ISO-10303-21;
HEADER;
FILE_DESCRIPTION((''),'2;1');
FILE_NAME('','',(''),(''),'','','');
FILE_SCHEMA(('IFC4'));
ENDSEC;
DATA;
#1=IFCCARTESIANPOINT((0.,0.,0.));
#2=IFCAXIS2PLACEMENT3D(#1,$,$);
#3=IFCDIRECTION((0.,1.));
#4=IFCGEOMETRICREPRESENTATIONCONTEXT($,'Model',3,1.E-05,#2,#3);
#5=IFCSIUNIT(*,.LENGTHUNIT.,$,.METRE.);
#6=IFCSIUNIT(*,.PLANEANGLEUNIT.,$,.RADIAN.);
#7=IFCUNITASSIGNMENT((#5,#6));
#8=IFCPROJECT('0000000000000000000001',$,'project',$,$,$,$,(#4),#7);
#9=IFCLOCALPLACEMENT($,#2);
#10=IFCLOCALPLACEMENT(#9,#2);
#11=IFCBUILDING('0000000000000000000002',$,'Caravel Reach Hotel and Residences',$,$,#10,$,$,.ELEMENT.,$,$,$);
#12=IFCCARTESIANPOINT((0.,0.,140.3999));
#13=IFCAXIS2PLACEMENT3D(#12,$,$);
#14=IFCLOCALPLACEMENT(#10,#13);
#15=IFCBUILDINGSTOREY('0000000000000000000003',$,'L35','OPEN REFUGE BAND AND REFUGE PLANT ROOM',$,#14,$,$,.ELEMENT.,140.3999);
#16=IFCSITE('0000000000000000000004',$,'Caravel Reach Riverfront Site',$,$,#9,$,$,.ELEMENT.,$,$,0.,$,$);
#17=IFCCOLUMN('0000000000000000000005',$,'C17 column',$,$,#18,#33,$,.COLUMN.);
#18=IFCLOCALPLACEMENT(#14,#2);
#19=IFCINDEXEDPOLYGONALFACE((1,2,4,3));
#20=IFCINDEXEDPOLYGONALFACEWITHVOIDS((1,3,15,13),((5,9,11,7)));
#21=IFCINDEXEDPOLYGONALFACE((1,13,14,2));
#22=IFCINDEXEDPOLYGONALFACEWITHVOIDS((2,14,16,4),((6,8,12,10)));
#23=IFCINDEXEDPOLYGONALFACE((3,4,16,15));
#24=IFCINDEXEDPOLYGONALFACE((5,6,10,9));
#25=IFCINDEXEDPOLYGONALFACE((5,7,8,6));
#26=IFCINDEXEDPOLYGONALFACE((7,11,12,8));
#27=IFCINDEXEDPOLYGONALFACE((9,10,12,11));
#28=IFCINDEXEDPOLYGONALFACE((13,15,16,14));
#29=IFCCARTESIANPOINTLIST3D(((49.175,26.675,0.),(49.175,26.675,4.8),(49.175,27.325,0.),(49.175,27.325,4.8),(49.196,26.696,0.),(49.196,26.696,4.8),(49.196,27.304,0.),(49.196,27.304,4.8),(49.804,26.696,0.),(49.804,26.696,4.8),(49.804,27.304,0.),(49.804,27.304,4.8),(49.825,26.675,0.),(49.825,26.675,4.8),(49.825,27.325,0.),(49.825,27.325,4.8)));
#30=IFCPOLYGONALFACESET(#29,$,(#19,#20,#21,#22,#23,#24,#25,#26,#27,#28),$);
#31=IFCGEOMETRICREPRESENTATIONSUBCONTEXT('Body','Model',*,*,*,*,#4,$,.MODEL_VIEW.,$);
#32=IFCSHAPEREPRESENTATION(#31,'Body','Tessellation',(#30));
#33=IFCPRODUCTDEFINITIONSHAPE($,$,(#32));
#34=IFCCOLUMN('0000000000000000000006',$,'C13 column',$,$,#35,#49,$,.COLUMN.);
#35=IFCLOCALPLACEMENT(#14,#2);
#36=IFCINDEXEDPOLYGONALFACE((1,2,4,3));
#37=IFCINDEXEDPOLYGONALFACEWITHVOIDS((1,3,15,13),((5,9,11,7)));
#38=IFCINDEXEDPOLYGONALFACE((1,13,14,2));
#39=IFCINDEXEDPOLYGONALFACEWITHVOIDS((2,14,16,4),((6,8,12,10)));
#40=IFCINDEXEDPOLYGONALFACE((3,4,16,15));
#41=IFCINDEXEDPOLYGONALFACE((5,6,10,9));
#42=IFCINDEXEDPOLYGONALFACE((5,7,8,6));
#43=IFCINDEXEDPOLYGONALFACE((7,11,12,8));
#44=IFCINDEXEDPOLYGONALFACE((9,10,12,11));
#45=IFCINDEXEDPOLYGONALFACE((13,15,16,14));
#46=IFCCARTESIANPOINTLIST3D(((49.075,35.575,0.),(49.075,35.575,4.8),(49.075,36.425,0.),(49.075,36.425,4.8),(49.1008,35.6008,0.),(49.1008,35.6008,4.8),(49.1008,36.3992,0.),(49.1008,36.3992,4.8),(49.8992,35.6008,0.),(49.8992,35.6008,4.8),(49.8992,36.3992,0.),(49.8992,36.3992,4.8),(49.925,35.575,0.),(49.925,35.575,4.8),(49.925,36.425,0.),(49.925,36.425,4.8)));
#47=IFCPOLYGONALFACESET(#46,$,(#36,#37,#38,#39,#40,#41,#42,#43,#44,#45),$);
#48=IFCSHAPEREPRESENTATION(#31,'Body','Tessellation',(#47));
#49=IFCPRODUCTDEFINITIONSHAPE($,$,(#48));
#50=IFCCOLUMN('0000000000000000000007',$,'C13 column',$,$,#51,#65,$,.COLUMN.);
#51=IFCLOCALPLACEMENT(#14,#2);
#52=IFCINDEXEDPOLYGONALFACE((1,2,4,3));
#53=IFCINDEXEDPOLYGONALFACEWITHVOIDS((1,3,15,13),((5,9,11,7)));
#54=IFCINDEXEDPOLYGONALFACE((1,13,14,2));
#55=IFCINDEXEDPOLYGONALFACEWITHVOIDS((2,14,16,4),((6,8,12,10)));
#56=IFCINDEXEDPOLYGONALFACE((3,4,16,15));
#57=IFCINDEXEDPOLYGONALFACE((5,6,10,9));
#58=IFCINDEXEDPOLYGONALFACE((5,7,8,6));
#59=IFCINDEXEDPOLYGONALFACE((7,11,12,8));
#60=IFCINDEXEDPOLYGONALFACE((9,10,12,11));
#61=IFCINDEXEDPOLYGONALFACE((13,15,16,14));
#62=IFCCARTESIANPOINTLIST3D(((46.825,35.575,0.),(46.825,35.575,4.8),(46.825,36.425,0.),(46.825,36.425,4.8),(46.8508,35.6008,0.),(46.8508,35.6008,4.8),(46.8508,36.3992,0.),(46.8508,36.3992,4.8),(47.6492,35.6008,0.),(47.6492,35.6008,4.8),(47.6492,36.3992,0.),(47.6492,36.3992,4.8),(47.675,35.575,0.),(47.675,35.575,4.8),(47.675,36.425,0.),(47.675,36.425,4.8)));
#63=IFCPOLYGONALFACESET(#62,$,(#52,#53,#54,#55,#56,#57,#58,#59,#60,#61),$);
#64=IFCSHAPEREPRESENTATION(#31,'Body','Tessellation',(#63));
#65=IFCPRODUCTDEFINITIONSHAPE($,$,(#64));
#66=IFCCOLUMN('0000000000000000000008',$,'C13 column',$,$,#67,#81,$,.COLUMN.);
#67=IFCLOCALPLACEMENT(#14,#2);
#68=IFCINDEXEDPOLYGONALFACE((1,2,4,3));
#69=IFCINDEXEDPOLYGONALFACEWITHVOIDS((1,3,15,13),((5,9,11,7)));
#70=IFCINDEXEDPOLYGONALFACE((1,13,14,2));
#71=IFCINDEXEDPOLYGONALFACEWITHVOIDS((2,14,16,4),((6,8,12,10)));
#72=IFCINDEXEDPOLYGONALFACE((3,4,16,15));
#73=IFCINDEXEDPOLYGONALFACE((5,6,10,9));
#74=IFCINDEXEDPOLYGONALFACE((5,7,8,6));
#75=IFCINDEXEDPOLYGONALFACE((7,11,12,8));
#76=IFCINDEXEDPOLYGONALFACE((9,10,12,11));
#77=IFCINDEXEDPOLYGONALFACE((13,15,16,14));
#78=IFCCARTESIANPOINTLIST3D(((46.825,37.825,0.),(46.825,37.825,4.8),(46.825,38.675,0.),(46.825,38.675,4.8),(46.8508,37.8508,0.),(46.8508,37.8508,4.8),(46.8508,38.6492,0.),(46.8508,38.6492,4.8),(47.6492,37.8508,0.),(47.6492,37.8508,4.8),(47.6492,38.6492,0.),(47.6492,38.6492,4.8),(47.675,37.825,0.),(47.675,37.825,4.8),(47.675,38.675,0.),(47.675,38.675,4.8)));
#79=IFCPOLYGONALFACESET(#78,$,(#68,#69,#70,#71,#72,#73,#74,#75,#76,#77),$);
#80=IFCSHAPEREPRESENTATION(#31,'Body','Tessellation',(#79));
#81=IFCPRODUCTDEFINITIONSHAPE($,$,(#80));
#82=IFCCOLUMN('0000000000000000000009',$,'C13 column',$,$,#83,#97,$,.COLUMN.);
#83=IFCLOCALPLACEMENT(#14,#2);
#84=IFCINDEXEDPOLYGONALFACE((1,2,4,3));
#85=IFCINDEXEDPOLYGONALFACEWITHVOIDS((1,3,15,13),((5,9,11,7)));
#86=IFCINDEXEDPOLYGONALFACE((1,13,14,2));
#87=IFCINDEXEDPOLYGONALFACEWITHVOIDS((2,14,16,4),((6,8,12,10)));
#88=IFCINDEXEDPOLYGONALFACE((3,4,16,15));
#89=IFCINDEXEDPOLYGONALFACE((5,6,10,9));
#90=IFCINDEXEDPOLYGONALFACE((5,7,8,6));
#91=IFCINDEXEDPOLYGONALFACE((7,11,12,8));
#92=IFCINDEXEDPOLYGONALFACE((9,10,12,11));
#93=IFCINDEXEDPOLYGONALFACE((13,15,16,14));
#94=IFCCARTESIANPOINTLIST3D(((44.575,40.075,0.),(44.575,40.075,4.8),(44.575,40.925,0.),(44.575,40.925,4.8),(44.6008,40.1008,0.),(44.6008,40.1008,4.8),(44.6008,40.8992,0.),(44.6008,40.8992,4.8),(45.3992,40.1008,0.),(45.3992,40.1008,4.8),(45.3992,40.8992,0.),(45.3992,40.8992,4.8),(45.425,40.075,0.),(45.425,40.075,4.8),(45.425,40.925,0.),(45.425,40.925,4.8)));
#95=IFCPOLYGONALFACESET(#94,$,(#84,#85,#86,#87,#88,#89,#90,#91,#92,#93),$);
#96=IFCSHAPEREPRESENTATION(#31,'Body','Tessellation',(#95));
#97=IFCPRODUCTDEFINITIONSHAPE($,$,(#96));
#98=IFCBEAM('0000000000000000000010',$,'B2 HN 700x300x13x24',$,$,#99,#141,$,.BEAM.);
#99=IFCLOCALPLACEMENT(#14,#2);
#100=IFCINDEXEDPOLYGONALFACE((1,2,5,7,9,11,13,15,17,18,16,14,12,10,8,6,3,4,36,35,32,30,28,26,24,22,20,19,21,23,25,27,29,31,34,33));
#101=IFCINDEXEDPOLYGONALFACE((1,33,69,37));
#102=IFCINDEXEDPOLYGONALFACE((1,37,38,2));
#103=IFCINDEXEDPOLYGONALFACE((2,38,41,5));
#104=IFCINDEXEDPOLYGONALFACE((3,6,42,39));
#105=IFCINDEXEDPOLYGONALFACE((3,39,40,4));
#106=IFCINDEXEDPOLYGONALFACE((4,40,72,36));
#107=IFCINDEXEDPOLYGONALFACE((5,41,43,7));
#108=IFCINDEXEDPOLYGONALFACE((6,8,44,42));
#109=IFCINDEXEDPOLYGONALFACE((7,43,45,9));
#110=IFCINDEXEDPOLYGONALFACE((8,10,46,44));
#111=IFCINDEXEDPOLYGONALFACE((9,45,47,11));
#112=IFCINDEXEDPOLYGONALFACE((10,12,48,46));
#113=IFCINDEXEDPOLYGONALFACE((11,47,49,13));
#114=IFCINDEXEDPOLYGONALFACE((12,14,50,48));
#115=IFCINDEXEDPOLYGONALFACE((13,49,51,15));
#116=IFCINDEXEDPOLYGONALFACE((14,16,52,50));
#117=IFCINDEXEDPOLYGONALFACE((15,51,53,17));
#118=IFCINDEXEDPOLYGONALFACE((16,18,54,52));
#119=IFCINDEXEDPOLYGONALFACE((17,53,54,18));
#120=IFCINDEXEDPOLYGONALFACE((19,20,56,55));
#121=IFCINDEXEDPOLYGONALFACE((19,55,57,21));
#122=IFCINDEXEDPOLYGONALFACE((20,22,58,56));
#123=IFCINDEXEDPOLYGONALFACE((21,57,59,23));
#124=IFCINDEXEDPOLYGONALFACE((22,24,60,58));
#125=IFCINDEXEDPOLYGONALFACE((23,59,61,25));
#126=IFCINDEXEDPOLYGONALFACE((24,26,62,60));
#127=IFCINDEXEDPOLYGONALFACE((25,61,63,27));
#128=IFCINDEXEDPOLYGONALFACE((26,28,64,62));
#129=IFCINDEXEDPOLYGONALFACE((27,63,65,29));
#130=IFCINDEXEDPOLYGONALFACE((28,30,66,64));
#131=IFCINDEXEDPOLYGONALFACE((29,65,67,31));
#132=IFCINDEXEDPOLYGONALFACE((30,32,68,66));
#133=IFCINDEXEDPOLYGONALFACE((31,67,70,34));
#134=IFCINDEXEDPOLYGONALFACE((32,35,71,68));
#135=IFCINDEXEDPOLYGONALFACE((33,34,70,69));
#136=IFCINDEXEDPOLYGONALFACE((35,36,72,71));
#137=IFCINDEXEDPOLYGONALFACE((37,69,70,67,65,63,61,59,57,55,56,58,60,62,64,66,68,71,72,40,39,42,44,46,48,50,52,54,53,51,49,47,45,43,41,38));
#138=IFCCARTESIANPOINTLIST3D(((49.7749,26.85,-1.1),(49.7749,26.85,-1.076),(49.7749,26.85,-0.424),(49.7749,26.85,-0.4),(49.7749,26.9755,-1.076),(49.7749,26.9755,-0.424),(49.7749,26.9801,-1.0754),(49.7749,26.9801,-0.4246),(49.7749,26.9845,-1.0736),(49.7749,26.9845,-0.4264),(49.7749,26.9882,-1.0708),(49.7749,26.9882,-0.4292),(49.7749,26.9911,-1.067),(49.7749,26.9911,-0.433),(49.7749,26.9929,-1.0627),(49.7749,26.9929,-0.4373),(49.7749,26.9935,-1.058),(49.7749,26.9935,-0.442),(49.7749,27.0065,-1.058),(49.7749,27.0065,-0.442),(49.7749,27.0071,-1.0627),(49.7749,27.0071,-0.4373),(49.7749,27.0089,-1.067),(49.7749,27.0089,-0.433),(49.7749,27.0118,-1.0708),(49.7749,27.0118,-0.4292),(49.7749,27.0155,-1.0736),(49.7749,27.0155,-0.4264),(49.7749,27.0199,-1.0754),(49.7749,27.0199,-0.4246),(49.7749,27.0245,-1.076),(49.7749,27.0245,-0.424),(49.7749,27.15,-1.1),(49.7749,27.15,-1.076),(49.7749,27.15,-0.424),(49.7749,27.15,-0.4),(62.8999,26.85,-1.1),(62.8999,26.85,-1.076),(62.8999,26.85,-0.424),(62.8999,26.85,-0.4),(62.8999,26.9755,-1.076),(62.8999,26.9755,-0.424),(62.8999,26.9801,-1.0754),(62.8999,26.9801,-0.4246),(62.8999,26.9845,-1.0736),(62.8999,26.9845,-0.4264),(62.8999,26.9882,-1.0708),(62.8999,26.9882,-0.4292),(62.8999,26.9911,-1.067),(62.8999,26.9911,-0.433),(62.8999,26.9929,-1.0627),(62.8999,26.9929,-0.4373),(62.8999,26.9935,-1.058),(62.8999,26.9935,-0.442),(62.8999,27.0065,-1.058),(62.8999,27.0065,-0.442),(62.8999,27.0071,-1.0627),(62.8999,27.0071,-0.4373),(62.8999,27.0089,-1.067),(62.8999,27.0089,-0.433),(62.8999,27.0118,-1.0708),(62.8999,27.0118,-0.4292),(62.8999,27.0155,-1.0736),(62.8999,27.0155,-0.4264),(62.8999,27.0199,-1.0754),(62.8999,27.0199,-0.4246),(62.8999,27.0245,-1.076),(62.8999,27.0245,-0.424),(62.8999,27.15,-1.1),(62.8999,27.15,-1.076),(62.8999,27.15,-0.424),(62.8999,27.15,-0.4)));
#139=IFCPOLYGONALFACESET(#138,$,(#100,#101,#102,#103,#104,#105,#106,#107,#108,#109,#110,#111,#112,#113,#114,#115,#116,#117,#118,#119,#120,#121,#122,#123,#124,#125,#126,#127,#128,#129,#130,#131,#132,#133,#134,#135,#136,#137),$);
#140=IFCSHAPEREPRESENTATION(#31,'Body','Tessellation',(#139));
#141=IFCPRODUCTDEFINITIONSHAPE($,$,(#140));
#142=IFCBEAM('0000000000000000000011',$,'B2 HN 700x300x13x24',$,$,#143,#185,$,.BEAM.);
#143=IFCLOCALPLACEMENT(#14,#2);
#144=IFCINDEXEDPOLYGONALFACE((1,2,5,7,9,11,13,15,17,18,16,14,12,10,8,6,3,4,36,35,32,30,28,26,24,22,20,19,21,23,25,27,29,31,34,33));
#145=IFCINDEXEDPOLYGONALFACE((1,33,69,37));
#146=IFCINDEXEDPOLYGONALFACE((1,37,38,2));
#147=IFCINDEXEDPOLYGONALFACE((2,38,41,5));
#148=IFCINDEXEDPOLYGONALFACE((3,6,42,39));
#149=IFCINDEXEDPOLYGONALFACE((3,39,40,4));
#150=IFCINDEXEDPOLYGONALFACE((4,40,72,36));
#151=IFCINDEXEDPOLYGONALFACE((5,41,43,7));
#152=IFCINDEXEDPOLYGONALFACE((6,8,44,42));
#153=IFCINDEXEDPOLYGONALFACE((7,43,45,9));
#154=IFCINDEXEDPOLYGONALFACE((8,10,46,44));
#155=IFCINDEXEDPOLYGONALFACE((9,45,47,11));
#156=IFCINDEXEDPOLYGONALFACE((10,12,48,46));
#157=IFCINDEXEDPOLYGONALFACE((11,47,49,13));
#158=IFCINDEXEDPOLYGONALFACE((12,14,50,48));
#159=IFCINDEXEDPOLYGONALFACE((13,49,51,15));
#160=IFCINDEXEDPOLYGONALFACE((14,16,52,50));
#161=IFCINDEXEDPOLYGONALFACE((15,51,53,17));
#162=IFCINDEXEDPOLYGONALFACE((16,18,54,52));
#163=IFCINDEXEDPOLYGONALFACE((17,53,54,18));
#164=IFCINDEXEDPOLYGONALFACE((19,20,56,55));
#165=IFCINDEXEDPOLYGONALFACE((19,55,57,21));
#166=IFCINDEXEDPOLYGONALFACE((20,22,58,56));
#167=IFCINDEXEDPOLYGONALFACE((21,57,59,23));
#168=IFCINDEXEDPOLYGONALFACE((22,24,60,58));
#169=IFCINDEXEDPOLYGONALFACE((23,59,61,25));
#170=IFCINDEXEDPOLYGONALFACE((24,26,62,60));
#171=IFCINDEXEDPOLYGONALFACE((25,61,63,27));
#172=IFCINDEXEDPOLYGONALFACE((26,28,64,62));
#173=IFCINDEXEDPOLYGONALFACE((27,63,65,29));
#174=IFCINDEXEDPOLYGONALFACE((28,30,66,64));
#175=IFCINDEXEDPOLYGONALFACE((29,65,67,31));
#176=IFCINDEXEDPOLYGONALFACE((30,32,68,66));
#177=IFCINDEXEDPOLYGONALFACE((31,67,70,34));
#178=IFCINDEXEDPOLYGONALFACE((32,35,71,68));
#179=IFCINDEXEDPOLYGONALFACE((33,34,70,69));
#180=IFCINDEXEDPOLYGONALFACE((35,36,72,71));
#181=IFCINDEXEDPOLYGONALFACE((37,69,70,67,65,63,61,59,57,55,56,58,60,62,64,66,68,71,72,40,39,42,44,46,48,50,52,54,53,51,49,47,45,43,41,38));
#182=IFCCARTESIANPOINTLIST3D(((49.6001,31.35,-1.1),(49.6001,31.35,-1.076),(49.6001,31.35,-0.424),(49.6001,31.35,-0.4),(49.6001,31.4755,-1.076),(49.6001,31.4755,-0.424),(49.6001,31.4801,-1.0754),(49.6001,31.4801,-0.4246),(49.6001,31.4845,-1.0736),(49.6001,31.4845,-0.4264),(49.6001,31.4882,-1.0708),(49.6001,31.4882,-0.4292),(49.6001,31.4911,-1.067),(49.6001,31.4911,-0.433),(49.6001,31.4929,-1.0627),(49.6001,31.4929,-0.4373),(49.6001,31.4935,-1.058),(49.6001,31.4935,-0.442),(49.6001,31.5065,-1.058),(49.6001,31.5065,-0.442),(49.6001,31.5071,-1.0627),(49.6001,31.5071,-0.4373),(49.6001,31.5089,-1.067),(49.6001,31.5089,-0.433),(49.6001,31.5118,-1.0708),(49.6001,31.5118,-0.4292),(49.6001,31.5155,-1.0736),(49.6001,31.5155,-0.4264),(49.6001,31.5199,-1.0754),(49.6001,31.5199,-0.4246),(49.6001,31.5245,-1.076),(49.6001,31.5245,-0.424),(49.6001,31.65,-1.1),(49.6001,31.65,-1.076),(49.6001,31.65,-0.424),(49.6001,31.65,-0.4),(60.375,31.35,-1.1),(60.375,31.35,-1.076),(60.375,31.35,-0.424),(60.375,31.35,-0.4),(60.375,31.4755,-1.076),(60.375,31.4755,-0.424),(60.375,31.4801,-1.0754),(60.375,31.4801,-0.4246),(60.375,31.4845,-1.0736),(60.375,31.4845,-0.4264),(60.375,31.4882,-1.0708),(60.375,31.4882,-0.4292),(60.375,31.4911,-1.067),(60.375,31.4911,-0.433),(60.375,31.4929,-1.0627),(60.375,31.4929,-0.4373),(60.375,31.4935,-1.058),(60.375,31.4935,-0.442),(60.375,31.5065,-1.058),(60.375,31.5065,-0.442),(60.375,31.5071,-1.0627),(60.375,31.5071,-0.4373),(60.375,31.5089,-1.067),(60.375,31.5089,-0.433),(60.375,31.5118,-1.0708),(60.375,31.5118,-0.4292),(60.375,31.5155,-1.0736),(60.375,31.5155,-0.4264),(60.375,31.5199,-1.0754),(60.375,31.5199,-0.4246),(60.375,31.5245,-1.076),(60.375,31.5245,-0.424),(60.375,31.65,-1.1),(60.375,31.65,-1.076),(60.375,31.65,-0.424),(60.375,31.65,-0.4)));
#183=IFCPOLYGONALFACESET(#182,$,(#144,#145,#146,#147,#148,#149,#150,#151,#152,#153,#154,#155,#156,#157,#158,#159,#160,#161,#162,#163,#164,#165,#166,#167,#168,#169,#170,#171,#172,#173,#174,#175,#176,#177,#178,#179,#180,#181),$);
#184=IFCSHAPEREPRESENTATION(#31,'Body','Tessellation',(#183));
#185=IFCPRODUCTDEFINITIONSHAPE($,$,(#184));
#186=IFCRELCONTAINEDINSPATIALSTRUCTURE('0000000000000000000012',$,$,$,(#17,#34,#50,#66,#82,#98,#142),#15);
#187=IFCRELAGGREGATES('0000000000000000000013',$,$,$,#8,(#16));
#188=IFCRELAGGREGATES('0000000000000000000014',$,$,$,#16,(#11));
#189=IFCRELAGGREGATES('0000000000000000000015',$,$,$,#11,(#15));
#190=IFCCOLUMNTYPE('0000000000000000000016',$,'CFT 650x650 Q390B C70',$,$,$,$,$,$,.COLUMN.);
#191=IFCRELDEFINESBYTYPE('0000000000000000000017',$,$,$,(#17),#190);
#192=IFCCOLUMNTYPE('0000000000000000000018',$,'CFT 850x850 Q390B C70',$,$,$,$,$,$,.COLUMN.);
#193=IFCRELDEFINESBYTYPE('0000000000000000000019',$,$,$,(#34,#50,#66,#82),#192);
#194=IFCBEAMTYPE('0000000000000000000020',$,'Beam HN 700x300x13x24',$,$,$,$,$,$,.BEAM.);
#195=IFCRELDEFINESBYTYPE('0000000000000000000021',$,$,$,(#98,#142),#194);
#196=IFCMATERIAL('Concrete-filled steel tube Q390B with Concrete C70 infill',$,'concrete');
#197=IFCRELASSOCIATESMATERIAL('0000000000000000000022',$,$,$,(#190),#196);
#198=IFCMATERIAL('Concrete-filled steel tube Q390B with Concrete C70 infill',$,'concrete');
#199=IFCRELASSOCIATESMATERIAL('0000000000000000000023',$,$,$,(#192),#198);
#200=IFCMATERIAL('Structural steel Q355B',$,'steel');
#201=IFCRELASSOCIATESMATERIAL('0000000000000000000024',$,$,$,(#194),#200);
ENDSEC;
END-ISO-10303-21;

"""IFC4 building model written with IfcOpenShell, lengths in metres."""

from ifc_helpers import new_model, si_unit, direction, frame, origin, origin_2d, place, context, subcontext, project, spatial, hollow_rectangle, i_section, extrude, material, material_profile, profile_set, type_object, element, save


model = new_model("IFC4")

# Units and contexts
model_context = context("Model", 3, precision=1e-05, world=origin(), true_north=direction((0.0, 1.0)))
body_context = subcontext(model_context, "Body", "Model", "MODEL_VIEW")
ifc_project = project(units=[si_unit("LENGTHUNIT", "METRE"), si_unit("PLANEANGLEUNIT", "RADIAN")], contexts=[model_context])

# Site, building, storey
site_placement = place(None, origin())
site = spatial("IfcSite", under=ifc_project, at=site_placement, Name="Caravel Reach Riverfront Site", CompositionType="ELEMENT", RefElevation=0.0)
building_placement = place(site_placement, origin())
building = spatial("IfcBuilding", under=site, at=building_placement, Name="Caravel Reach Hotel and Residences", CompositionType="ELEMENT")
storey_placement = place(building_placement, frame((0.0, 0.0, 140.3999)))
storey = spatial("IfcBuildingStorey", under=building, at=storey_placement, Name="L35", Description="OPEN REFUGE BAND AND REFUGE PLANT ROOM", CompositionType="ELEMENT", Elevation=140.3999)

# Columns
ifc_material_1 = material(Name="Concrete-filled steel tube Q390B with Concrete C70 infill", Category="concrete")
ifc_material_profile_1 = material_profile(ifc_material_1, hollow_rectangle(XDim=0.6499, YDim=0.6499, WallThickness=0.021, at=origin_2d()), Name="RHS 650x650x21")
ifc_profile_set_1 = profile_set([ifc_material_profile_1], Name="Concrete-filled steel tube Q390B with Concrete C70 infill")
column_type_1 = type_object("IfcColumnType", Name="CFT 650x650 Q390B C70", PredefinedType="COLUMN", material=ifc_profile_set_1)
column_placement = place(storey_placement, frame((49.5, 27.0, 0.0), z_axis=(0.0, 0.0, 1.0), x_axis=(1.0, 0.0, 0.0)))
element("IfcColumn", 1, at=column_placement, inside=storey, type_object=column_type_1, Name="C17 column", PredefinedType="COLUMN", context=body_context, shape_type="SweptSolid", body=[
    extrude(hollow_rectangle(XDim=0.6499, YDim=0.6499, WallThickness=0.021, at=origin_2d()), origin(), (0.0, 0.0, 1.0), 4.8),
])
ifc_material_2 = material(Name="Concrete-filled steel tube Q390B with Concrete C70 infill", Category="concrete")
ifc_material_profile_2 = material_profile(ifc_material_2, hollow_rectangle(XDim=0.8501, YDim=0.8501, WallThickness=0.0259, at=origin_2d()), Name="RHS 850x850x26")
ifc_profile_set_2 = profile_set([ifc_material_profile_2], Name="Concrete-filled steel tube Q390B with Concrete C70 infill")
column_type_2 = type_object("IfcColumnType", Name="CFT 850x850 Q390B C70", PredefinedType="COLUMN", material=ifc_profile_set_2)
for number, where, z_axis, x_axis, name in (
    (2, (49.5, 36.0, 0.0), (0.0, 0.0, 1.0), (1.0, 0.0, 0.0), "C13 column"),
    (3, (47.25, 36.0, 0.0), (0.0, 0.0, 1.0), (1.0, 0.0, 0.0), "C13 column"),
    (4, (47.25, 38.25, 0.0), (0.0, 0.0, 1.0), (1.0, 0.0, 0.0), "C13 column"),
    (5, (45.0, 40.5, 0.0), (0.0, 0.0, 1.0), (1.0, 0.0, 0.0), "C13 column"),
):
    element("IfcColumn", number, at=place(storey_placement, frame(where, z_axis=z_axis, x_axis=x_axis)), inside=storey, type_object=column_type_2, Name=name, PredefinedType="COLUMN", context=body_context, shape_type="SweptSolid", body=[
        extrude(hollow_rectangle(XDim=0.8501, YDim=0.8501, WallThickness=0.0259, at=origin_2d()), origin(), (0.0, 0.0, 1.0), 4.8),
    ])

# Beams
ifc_material_3 = material(Name="Structural steel Q355B", Category="steel")
ifc_material_profile_3 = material_profile(ifc_material_3, i_section(OverallWidth=0.3, OverallDepth=0.7, WebThickness=0.0129, FlangeThickness=0.0239, FilletRadius=0.0181, at=origin_2d()), Name="HN 700x300x13x24")
ifc_profile_set_3 = profile_set([ifc_material_profile_3], Name="Structural steel Q355B")
beam_type_1 = type_object("IfcBeamType", Name="Beam HN 700x300x13x24", PredefinedType="BEAM", material=ifc_profile_set_3)
beam_1_placement = place(storey_placement, frame((49.7749, 27.0, -0.75), z_axis=(1.0, 0.0, 0.0), x_axis=(0.0, 1.0, 0.0)))
element("IfcBeam", 6, at=beam_1_placement, inside=storey, type_object=beam_type_1, Name="B2 HN 700x300x13x24", PredefinedType="BEAM", context=body_context, shape_type="SweptSolid", body=[
    extrude(i_section(OverallWidth=0.3, OverallDepth=0.7, WebThickness=0.0129, FlangeThickness=0.0239, FilletRadius=0.0181, at=origin_2d()), origin(), (0.0, 0.0, 1.0), 13.125),
])
beam_2_placement = place(storey_placement, frame((49.6001, 31.5, -0.75), z_axis=(1.0, 0.0, 0.0), x_axis=(0.0, 1.0, 0.0)))
element("IfcBeam", 7, at=beam_2_placement, inside=storey, type_object=beam_type_1, Name="B2 HN 700x300x13x24", PredefinedType="BEAM", context=body_context, shape_type="SweptSolid", body=[
    extrude(i_section(OverallWidth=0.3, OverallDepth=0.7, WebThickness=0.0129, FlangeThickness=0.0239, FilletRadius=0.0181, at=origin_2d()), origin(), (0.0, 0.0, 1.0), 10.7749),
])

save(model, "model.ifc")
